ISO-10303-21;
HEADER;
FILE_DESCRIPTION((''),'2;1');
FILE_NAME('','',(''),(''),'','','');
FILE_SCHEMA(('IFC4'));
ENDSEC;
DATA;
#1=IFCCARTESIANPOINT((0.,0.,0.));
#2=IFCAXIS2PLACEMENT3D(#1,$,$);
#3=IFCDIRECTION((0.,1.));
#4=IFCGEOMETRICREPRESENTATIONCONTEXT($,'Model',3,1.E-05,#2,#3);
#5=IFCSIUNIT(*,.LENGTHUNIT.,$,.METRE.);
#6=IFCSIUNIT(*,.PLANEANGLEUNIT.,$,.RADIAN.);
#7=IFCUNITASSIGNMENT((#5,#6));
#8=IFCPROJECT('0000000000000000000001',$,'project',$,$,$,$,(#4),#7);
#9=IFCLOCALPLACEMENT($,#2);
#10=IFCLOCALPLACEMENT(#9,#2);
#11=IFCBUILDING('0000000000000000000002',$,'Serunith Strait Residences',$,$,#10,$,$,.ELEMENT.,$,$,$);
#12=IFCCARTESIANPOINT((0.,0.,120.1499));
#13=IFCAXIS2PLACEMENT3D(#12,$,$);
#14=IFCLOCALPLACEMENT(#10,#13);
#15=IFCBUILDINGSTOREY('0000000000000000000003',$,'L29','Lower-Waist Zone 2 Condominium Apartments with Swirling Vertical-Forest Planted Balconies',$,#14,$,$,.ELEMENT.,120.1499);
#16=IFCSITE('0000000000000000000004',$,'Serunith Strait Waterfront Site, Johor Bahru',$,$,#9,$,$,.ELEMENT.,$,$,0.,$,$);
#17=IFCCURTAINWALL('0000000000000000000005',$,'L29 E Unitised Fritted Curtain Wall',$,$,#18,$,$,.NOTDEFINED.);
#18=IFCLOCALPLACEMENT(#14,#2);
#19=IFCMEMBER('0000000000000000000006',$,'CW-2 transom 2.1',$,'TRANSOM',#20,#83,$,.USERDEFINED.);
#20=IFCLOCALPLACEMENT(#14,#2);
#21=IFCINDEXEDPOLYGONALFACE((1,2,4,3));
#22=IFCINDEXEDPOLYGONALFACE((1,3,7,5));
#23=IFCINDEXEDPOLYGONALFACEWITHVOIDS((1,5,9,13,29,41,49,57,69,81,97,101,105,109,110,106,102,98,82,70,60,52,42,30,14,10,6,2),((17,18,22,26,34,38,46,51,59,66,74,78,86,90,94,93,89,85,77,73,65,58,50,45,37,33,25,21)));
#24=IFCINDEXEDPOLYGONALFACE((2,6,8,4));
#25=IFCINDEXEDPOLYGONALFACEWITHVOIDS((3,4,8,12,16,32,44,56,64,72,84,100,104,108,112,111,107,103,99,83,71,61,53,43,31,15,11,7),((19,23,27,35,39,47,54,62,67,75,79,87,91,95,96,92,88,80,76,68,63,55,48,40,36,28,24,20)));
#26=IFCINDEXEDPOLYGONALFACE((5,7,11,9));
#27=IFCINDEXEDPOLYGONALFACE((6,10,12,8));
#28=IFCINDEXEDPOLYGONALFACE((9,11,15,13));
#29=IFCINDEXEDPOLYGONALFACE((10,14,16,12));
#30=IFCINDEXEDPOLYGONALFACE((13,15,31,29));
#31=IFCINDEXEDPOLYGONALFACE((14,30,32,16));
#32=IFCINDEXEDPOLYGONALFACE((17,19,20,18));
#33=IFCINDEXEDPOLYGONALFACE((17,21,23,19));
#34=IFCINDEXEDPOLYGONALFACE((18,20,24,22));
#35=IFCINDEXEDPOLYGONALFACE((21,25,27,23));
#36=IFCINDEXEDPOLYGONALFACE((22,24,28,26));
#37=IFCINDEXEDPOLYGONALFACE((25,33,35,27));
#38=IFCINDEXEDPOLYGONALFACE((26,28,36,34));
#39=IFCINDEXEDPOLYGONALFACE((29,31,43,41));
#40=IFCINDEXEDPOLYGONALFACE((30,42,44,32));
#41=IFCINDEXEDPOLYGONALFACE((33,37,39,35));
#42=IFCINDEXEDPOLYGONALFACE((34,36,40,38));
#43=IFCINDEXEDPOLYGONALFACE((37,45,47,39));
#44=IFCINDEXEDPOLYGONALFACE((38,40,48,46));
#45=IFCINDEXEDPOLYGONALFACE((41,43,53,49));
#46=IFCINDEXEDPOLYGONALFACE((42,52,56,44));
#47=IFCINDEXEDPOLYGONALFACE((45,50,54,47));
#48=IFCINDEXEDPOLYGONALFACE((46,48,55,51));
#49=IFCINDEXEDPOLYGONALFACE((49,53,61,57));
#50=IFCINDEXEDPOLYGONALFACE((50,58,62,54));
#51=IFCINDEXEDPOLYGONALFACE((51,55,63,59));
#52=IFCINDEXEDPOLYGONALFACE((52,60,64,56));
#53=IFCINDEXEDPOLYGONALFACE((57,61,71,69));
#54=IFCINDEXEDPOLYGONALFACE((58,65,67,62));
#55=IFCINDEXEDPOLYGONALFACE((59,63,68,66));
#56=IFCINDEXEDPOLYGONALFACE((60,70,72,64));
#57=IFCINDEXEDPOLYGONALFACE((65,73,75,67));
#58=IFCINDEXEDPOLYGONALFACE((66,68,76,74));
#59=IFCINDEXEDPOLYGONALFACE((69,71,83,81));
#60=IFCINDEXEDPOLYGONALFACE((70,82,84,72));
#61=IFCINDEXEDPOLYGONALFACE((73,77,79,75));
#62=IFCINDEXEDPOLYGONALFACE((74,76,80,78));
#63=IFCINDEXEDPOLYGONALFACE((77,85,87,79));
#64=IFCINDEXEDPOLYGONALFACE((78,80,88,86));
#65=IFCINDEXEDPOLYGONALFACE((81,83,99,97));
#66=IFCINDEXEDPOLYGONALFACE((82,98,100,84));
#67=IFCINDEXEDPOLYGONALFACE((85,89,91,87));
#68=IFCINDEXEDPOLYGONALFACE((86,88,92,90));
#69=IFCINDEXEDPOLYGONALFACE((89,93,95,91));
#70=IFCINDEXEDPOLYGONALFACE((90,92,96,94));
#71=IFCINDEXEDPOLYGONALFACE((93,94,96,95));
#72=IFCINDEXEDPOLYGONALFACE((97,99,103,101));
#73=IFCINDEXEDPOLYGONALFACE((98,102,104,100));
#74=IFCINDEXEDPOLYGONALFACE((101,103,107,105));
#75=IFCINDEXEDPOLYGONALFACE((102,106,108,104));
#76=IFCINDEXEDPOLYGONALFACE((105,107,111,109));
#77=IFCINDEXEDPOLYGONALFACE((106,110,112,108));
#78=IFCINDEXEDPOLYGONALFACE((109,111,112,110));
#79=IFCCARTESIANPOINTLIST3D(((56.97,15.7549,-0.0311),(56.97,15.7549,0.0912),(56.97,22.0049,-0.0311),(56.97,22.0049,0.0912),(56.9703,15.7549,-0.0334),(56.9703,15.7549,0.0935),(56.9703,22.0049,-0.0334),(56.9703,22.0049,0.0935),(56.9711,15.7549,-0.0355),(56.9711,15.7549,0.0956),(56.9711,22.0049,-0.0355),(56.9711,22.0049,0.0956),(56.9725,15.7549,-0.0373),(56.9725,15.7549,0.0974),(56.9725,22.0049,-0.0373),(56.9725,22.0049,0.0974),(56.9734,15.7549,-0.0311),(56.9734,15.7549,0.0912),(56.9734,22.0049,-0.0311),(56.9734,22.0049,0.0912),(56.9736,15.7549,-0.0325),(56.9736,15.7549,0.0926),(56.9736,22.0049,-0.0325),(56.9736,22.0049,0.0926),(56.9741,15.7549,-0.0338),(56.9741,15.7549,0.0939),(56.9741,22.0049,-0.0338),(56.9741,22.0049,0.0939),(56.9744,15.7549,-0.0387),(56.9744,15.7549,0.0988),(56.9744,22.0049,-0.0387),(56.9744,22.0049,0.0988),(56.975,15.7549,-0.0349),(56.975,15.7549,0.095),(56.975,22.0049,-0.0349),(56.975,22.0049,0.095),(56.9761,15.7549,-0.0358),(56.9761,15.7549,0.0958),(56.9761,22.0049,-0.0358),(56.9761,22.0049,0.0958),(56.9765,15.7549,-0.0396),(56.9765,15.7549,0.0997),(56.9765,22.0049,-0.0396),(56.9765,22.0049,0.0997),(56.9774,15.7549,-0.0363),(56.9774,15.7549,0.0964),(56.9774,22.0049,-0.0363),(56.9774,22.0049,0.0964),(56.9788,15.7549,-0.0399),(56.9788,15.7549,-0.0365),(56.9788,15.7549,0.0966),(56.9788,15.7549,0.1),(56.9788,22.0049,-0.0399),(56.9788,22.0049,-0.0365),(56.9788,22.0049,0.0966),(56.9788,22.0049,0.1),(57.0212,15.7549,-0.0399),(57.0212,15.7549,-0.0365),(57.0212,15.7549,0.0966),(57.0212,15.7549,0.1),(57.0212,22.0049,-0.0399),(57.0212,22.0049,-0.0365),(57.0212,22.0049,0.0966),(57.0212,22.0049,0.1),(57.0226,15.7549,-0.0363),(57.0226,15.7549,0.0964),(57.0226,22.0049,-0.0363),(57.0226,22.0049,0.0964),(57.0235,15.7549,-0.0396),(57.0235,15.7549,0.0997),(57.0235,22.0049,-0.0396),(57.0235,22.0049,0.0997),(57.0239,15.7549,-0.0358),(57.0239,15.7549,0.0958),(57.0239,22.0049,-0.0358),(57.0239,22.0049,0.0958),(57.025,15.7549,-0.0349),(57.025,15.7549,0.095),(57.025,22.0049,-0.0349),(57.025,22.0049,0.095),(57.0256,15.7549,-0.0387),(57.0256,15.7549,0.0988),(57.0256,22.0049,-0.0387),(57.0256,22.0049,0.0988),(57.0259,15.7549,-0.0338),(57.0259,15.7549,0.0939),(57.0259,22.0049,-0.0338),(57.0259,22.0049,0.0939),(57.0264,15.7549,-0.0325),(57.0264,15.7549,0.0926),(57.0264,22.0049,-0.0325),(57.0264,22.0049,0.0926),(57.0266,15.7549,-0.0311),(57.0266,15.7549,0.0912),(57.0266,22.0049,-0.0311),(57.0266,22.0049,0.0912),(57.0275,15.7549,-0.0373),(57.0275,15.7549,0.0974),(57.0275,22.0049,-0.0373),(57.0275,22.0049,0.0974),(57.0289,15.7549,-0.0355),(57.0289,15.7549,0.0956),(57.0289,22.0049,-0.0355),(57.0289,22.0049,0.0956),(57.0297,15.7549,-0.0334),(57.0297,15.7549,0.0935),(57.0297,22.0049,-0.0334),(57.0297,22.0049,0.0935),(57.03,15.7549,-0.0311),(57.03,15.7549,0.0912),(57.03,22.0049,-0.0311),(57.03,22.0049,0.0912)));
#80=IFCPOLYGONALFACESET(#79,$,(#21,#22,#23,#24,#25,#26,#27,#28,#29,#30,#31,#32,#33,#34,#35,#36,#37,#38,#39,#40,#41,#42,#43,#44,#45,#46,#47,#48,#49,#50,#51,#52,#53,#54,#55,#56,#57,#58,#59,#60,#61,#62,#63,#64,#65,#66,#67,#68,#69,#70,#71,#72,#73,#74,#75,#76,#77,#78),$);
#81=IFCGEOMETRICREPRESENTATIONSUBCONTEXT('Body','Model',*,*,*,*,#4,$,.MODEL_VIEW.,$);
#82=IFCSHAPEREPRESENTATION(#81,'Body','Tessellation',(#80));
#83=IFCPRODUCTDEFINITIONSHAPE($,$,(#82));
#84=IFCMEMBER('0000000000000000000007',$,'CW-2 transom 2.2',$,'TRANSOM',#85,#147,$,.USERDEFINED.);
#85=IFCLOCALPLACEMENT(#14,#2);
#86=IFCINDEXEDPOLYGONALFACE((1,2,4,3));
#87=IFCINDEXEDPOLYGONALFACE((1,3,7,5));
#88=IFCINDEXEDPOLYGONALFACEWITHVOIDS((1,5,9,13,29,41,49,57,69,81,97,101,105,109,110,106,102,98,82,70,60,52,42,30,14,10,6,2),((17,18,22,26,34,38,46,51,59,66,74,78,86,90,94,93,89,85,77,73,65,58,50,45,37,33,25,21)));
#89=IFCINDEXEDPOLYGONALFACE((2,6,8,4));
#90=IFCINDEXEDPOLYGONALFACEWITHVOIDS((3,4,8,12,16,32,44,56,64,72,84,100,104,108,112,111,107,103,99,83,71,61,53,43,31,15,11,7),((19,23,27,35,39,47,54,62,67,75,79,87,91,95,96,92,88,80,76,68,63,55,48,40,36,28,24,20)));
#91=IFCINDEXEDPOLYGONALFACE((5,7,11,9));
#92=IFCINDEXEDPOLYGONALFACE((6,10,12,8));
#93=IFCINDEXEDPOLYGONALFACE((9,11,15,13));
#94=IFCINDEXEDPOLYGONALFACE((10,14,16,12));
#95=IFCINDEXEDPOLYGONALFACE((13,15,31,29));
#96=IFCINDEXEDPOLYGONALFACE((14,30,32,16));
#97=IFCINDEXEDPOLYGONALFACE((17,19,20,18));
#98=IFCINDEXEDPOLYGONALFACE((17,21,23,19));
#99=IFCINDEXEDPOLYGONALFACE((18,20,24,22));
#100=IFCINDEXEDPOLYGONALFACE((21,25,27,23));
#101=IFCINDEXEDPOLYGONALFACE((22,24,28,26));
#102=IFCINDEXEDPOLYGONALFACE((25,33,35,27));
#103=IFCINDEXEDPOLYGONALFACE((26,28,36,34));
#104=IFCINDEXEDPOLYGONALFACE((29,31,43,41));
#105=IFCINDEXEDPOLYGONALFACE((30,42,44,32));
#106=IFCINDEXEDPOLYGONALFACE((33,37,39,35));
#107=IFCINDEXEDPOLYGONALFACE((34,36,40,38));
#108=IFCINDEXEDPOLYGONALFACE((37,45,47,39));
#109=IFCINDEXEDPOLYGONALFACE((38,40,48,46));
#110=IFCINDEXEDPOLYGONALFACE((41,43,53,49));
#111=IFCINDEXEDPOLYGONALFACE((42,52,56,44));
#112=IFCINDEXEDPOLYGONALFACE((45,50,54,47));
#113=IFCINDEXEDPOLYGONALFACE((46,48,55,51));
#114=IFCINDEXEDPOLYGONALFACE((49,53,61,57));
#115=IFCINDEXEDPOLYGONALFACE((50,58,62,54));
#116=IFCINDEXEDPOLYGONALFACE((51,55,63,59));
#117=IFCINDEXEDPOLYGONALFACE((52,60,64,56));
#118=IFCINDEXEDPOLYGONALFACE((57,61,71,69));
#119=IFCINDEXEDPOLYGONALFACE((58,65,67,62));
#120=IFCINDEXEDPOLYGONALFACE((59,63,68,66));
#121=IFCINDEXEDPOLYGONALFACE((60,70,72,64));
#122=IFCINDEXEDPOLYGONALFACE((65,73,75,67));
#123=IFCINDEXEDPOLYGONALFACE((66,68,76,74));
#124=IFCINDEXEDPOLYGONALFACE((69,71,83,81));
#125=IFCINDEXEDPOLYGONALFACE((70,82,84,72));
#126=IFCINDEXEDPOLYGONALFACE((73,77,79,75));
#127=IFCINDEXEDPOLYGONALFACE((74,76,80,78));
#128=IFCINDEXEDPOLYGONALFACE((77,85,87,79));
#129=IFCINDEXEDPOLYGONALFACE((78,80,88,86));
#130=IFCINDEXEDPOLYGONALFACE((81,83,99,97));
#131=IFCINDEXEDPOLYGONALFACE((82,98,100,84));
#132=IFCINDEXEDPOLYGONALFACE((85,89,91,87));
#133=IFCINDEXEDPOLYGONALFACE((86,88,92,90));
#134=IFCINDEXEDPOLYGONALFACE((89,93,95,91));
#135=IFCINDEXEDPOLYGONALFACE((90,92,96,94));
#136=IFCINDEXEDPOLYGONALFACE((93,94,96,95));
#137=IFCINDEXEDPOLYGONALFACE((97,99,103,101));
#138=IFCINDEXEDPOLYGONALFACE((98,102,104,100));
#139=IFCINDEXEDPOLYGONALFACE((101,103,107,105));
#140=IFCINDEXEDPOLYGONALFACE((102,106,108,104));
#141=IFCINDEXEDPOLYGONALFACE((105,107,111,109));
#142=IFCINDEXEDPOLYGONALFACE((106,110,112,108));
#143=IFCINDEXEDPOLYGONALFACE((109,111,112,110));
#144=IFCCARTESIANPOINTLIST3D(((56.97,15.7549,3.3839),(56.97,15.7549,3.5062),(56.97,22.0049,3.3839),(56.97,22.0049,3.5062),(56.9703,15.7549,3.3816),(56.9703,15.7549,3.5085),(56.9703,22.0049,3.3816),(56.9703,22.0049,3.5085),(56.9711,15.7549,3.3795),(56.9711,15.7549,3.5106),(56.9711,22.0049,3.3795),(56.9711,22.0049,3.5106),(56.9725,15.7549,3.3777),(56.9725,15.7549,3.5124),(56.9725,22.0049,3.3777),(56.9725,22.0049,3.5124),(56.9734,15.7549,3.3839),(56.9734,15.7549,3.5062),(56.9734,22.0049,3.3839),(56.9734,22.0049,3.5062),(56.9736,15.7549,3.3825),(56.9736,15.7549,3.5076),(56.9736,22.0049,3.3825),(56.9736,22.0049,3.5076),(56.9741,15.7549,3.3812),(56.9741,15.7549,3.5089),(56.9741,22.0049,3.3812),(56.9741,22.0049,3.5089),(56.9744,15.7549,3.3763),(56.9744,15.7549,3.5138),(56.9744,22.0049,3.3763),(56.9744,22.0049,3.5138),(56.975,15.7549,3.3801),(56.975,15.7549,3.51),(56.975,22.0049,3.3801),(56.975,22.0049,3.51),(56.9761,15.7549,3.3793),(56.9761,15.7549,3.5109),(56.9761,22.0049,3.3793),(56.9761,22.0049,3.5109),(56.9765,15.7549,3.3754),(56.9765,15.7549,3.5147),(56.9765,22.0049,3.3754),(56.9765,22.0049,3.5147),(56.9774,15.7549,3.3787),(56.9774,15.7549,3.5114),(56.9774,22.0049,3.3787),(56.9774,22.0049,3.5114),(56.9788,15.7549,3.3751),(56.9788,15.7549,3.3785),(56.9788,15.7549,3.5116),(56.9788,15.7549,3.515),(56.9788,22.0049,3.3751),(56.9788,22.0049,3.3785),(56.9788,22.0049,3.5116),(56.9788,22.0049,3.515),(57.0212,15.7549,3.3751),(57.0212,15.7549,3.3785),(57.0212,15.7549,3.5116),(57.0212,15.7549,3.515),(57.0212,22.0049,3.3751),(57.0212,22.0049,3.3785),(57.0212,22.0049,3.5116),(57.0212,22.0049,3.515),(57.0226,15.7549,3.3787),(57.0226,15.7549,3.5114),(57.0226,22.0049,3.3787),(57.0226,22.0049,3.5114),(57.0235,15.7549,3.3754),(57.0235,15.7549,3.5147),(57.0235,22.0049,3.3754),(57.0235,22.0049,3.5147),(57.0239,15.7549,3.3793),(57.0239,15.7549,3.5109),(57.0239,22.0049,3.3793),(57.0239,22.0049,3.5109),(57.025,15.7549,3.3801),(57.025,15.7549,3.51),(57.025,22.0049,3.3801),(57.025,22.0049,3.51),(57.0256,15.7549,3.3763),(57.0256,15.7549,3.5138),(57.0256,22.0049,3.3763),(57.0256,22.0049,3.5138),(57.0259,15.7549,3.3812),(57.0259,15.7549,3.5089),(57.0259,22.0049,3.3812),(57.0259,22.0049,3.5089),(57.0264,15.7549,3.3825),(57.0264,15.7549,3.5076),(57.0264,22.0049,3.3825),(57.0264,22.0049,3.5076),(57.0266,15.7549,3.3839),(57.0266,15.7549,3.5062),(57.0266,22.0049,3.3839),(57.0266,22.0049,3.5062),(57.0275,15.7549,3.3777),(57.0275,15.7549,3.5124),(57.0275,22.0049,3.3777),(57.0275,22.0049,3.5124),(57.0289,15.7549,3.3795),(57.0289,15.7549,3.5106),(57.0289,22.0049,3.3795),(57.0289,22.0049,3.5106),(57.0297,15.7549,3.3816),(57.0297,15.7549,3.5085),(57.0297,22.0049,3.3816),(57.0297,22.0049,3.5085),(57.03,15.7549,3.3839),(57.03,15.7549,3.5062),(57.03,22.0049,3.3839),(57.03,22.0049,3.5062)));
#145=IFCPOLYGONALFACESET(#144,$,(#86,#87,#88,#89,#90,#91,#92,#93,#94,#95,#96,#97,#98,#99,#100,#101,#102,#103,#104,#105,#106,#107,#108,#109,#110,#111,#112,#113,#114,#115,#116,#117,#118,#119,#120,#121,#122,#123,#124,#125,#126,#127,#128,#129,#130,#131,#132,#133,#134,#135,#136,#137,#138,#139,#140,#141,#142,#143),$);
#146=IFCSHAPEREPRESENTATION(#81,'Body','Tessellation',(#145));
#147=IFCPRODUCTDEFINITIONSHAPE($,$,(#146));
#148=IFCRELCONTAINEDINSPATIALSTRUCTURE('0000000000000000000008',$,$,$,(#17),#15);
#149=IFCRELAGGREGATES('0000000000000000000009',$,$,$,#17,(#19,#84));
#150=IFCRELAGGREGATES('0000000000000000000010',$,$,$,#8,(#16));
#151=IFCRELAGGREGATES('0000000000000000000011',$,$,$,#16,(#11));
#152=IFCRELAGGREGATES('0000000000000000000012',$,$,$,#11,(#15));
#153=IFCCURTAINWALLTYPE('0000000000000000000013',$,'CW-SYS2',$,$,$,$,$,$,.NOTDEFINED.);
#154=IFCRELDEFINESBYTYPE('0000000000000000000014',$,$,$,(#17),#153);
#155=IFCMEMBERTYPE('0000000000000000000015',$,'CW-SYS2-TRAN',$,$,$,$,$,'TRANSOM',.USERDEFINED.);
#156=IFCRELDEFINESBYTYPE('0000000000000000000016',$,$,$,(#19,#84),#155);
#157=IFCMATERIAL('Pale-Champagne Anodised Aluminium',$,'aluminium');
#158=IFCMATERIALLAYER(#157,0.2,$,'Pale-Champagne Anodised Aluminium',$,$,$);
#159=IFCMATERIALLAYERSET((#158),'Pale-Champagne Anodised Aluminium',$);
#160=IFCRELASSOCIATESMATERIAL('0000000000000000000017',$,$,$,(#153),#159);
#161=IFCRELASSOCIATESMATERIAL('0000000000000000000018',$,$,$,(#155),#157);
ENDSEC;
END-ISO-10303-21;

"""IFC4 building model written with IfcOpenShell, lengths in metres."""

from ifc_helpers import new_model, si_unit, direction, frame, origin, origin_2d, place, context, subcontext, project, spatial, hollow_rectangle, extrude, source, transform, mapped, material, layer, layer_set, material_profile, profile_set, type_object, element, aggregate, save


model = new_model("IFC4")

# Units and contexts
model_context = context("Model", 3, precision=1e-05, world=origin(), true_north=direction((0.0, 1.0)))
body_context = subcontext(model_context, "Body", "Model", "MODEL_VIEW")
ifc_project = project(units=[si_unit("LENGTHUNIT", "METRE"), si_unit("PLANEANGLEUNIT", "RADIAN")], contexts=[model_context])

# Site, building, storey
site_placement = place(None, origin())
site = spatial("IfcSite", under=ifc_project, at=site_placement, Name="Serunith Strait Waterfront Site, Johor Bahru", CompositionType="ELEMENT", RefElevation=0.0)
building_placement = place(site_placement, origin())
building = spatial("IfcBuilding", under=site, at=building_placement, Name="Serunith Strait Residences", CompositionType="ELEMENT")
storey_placement = place(building_placement, frame((0.0, 0.0, 120.1499)))
storey = spatial("IfcBuildingStorey", under=building, at=storey_placement, Name="L29", Description="Lower-Waist Zone 2 Condominium Apartments with Swirling Vertical-Forest Planted Balconies", CompositionType="ELEMENT", Elevation=120.1499)

# Curtain wall, members
ifc_material_1 = material(Name="Pale-Champagne Anodised Aluminium", Category="aluminium")
ifc_layer_1 = layer(ifc_material_1, 0.2, Name="Pale-Champagne Anodised Aluminium")
ifc_layer_set_1 = layer_set([ifc_layer_1], Name="Pale-Champagne Anodised Aluminium")
curtain_wall_type = type_object("IfcCurtainWallType", Name="CW-SYS2", PredefinedType="NOTDEFINED", material=ifc_layer_set_1)
curtain_wall_placement = place(storey_placement, origin())
curtain_wall = element("IfcCurtainWall", 1, at=curtain_wall_placement, inside=storey, type_object=curtain_wall_type, Name="L29 E Unitised Fritted Curtain Wall", PredefinedType="NOTDEFINED")
ifc_material_profile_1 = material_profile(ifc_material_1, hollow_rectangle(XDim=0.0601, YDim=0.1399, WallThickness=0.0034, InnerFilletRadius=0.0054, OuterFilletRadius=0.0088, at=origin_2d()), Name="ALU 140x60x3.5")
ifc_profile_set_1 = profile_set([ifc_material_profile_1], Name="Pale-Champagne Anodised Aluminium")
member_type_1 = type_object("IfcMemberType", Name="CW-SYS2-TRAN", ElementType="TRANSOM", PredefinedType="USERDEFINED", material=ifc_profile_set_1)
shared_shape_1 = source(origin(), body_context, "Body", "SweptSolid", [
    extrude(hollow_rectangle(XDim=0.0601, YDim=0.1399, WallThickness=0.0034, InnerFilletRadius=0.0054, OuterFilletRadius=0.0088, at=origin_2d()), origin(), (0.0, 0.0, 1.0), 6.25),
])
member_1_placement = place(storey_placement, frame((57.0, 15.7549, 0.03), z_axis=(0.0, 1.0, 0.0), x_axis=(-1.0, 0.0, 0.0)))
member_1 = element("IfcMember", 2, at=member_1_placement, type_object=member_type_1, Name="CW-2 transom 2.1", ObjectType="TRANSOM", PredefinedType="USERDEFINED", context=body_context, shape_type="MappedRepresentation", body=[
    mapped(shared_shape_1, transform((0.0, 0.0, 0.0), scale=1.0)),
])
member_2_placement = place(storey_placement, frame((57.0, 15.7549, 3.4451), z_axis=(0.0, 1.0, 0.0), x_axis=(-1.0, 0.0, 0.0)))
member_2 = element("IfcMember", 3, at=member_2_placement, type_object=member_type_1, Name="CW-2 transom 2.2", ObjectType="TRANSOM", PredefinedType="USERDEFINED", context=body_context, shape_type="MappedRepresentation", body=[
    mapped(shared_shape_1, transform((0.0, 0.0, 0.0), scale=1.0)),
])
aggregate(curtain_wall, [member_1, member_2])

save(model, "model.ifc")
